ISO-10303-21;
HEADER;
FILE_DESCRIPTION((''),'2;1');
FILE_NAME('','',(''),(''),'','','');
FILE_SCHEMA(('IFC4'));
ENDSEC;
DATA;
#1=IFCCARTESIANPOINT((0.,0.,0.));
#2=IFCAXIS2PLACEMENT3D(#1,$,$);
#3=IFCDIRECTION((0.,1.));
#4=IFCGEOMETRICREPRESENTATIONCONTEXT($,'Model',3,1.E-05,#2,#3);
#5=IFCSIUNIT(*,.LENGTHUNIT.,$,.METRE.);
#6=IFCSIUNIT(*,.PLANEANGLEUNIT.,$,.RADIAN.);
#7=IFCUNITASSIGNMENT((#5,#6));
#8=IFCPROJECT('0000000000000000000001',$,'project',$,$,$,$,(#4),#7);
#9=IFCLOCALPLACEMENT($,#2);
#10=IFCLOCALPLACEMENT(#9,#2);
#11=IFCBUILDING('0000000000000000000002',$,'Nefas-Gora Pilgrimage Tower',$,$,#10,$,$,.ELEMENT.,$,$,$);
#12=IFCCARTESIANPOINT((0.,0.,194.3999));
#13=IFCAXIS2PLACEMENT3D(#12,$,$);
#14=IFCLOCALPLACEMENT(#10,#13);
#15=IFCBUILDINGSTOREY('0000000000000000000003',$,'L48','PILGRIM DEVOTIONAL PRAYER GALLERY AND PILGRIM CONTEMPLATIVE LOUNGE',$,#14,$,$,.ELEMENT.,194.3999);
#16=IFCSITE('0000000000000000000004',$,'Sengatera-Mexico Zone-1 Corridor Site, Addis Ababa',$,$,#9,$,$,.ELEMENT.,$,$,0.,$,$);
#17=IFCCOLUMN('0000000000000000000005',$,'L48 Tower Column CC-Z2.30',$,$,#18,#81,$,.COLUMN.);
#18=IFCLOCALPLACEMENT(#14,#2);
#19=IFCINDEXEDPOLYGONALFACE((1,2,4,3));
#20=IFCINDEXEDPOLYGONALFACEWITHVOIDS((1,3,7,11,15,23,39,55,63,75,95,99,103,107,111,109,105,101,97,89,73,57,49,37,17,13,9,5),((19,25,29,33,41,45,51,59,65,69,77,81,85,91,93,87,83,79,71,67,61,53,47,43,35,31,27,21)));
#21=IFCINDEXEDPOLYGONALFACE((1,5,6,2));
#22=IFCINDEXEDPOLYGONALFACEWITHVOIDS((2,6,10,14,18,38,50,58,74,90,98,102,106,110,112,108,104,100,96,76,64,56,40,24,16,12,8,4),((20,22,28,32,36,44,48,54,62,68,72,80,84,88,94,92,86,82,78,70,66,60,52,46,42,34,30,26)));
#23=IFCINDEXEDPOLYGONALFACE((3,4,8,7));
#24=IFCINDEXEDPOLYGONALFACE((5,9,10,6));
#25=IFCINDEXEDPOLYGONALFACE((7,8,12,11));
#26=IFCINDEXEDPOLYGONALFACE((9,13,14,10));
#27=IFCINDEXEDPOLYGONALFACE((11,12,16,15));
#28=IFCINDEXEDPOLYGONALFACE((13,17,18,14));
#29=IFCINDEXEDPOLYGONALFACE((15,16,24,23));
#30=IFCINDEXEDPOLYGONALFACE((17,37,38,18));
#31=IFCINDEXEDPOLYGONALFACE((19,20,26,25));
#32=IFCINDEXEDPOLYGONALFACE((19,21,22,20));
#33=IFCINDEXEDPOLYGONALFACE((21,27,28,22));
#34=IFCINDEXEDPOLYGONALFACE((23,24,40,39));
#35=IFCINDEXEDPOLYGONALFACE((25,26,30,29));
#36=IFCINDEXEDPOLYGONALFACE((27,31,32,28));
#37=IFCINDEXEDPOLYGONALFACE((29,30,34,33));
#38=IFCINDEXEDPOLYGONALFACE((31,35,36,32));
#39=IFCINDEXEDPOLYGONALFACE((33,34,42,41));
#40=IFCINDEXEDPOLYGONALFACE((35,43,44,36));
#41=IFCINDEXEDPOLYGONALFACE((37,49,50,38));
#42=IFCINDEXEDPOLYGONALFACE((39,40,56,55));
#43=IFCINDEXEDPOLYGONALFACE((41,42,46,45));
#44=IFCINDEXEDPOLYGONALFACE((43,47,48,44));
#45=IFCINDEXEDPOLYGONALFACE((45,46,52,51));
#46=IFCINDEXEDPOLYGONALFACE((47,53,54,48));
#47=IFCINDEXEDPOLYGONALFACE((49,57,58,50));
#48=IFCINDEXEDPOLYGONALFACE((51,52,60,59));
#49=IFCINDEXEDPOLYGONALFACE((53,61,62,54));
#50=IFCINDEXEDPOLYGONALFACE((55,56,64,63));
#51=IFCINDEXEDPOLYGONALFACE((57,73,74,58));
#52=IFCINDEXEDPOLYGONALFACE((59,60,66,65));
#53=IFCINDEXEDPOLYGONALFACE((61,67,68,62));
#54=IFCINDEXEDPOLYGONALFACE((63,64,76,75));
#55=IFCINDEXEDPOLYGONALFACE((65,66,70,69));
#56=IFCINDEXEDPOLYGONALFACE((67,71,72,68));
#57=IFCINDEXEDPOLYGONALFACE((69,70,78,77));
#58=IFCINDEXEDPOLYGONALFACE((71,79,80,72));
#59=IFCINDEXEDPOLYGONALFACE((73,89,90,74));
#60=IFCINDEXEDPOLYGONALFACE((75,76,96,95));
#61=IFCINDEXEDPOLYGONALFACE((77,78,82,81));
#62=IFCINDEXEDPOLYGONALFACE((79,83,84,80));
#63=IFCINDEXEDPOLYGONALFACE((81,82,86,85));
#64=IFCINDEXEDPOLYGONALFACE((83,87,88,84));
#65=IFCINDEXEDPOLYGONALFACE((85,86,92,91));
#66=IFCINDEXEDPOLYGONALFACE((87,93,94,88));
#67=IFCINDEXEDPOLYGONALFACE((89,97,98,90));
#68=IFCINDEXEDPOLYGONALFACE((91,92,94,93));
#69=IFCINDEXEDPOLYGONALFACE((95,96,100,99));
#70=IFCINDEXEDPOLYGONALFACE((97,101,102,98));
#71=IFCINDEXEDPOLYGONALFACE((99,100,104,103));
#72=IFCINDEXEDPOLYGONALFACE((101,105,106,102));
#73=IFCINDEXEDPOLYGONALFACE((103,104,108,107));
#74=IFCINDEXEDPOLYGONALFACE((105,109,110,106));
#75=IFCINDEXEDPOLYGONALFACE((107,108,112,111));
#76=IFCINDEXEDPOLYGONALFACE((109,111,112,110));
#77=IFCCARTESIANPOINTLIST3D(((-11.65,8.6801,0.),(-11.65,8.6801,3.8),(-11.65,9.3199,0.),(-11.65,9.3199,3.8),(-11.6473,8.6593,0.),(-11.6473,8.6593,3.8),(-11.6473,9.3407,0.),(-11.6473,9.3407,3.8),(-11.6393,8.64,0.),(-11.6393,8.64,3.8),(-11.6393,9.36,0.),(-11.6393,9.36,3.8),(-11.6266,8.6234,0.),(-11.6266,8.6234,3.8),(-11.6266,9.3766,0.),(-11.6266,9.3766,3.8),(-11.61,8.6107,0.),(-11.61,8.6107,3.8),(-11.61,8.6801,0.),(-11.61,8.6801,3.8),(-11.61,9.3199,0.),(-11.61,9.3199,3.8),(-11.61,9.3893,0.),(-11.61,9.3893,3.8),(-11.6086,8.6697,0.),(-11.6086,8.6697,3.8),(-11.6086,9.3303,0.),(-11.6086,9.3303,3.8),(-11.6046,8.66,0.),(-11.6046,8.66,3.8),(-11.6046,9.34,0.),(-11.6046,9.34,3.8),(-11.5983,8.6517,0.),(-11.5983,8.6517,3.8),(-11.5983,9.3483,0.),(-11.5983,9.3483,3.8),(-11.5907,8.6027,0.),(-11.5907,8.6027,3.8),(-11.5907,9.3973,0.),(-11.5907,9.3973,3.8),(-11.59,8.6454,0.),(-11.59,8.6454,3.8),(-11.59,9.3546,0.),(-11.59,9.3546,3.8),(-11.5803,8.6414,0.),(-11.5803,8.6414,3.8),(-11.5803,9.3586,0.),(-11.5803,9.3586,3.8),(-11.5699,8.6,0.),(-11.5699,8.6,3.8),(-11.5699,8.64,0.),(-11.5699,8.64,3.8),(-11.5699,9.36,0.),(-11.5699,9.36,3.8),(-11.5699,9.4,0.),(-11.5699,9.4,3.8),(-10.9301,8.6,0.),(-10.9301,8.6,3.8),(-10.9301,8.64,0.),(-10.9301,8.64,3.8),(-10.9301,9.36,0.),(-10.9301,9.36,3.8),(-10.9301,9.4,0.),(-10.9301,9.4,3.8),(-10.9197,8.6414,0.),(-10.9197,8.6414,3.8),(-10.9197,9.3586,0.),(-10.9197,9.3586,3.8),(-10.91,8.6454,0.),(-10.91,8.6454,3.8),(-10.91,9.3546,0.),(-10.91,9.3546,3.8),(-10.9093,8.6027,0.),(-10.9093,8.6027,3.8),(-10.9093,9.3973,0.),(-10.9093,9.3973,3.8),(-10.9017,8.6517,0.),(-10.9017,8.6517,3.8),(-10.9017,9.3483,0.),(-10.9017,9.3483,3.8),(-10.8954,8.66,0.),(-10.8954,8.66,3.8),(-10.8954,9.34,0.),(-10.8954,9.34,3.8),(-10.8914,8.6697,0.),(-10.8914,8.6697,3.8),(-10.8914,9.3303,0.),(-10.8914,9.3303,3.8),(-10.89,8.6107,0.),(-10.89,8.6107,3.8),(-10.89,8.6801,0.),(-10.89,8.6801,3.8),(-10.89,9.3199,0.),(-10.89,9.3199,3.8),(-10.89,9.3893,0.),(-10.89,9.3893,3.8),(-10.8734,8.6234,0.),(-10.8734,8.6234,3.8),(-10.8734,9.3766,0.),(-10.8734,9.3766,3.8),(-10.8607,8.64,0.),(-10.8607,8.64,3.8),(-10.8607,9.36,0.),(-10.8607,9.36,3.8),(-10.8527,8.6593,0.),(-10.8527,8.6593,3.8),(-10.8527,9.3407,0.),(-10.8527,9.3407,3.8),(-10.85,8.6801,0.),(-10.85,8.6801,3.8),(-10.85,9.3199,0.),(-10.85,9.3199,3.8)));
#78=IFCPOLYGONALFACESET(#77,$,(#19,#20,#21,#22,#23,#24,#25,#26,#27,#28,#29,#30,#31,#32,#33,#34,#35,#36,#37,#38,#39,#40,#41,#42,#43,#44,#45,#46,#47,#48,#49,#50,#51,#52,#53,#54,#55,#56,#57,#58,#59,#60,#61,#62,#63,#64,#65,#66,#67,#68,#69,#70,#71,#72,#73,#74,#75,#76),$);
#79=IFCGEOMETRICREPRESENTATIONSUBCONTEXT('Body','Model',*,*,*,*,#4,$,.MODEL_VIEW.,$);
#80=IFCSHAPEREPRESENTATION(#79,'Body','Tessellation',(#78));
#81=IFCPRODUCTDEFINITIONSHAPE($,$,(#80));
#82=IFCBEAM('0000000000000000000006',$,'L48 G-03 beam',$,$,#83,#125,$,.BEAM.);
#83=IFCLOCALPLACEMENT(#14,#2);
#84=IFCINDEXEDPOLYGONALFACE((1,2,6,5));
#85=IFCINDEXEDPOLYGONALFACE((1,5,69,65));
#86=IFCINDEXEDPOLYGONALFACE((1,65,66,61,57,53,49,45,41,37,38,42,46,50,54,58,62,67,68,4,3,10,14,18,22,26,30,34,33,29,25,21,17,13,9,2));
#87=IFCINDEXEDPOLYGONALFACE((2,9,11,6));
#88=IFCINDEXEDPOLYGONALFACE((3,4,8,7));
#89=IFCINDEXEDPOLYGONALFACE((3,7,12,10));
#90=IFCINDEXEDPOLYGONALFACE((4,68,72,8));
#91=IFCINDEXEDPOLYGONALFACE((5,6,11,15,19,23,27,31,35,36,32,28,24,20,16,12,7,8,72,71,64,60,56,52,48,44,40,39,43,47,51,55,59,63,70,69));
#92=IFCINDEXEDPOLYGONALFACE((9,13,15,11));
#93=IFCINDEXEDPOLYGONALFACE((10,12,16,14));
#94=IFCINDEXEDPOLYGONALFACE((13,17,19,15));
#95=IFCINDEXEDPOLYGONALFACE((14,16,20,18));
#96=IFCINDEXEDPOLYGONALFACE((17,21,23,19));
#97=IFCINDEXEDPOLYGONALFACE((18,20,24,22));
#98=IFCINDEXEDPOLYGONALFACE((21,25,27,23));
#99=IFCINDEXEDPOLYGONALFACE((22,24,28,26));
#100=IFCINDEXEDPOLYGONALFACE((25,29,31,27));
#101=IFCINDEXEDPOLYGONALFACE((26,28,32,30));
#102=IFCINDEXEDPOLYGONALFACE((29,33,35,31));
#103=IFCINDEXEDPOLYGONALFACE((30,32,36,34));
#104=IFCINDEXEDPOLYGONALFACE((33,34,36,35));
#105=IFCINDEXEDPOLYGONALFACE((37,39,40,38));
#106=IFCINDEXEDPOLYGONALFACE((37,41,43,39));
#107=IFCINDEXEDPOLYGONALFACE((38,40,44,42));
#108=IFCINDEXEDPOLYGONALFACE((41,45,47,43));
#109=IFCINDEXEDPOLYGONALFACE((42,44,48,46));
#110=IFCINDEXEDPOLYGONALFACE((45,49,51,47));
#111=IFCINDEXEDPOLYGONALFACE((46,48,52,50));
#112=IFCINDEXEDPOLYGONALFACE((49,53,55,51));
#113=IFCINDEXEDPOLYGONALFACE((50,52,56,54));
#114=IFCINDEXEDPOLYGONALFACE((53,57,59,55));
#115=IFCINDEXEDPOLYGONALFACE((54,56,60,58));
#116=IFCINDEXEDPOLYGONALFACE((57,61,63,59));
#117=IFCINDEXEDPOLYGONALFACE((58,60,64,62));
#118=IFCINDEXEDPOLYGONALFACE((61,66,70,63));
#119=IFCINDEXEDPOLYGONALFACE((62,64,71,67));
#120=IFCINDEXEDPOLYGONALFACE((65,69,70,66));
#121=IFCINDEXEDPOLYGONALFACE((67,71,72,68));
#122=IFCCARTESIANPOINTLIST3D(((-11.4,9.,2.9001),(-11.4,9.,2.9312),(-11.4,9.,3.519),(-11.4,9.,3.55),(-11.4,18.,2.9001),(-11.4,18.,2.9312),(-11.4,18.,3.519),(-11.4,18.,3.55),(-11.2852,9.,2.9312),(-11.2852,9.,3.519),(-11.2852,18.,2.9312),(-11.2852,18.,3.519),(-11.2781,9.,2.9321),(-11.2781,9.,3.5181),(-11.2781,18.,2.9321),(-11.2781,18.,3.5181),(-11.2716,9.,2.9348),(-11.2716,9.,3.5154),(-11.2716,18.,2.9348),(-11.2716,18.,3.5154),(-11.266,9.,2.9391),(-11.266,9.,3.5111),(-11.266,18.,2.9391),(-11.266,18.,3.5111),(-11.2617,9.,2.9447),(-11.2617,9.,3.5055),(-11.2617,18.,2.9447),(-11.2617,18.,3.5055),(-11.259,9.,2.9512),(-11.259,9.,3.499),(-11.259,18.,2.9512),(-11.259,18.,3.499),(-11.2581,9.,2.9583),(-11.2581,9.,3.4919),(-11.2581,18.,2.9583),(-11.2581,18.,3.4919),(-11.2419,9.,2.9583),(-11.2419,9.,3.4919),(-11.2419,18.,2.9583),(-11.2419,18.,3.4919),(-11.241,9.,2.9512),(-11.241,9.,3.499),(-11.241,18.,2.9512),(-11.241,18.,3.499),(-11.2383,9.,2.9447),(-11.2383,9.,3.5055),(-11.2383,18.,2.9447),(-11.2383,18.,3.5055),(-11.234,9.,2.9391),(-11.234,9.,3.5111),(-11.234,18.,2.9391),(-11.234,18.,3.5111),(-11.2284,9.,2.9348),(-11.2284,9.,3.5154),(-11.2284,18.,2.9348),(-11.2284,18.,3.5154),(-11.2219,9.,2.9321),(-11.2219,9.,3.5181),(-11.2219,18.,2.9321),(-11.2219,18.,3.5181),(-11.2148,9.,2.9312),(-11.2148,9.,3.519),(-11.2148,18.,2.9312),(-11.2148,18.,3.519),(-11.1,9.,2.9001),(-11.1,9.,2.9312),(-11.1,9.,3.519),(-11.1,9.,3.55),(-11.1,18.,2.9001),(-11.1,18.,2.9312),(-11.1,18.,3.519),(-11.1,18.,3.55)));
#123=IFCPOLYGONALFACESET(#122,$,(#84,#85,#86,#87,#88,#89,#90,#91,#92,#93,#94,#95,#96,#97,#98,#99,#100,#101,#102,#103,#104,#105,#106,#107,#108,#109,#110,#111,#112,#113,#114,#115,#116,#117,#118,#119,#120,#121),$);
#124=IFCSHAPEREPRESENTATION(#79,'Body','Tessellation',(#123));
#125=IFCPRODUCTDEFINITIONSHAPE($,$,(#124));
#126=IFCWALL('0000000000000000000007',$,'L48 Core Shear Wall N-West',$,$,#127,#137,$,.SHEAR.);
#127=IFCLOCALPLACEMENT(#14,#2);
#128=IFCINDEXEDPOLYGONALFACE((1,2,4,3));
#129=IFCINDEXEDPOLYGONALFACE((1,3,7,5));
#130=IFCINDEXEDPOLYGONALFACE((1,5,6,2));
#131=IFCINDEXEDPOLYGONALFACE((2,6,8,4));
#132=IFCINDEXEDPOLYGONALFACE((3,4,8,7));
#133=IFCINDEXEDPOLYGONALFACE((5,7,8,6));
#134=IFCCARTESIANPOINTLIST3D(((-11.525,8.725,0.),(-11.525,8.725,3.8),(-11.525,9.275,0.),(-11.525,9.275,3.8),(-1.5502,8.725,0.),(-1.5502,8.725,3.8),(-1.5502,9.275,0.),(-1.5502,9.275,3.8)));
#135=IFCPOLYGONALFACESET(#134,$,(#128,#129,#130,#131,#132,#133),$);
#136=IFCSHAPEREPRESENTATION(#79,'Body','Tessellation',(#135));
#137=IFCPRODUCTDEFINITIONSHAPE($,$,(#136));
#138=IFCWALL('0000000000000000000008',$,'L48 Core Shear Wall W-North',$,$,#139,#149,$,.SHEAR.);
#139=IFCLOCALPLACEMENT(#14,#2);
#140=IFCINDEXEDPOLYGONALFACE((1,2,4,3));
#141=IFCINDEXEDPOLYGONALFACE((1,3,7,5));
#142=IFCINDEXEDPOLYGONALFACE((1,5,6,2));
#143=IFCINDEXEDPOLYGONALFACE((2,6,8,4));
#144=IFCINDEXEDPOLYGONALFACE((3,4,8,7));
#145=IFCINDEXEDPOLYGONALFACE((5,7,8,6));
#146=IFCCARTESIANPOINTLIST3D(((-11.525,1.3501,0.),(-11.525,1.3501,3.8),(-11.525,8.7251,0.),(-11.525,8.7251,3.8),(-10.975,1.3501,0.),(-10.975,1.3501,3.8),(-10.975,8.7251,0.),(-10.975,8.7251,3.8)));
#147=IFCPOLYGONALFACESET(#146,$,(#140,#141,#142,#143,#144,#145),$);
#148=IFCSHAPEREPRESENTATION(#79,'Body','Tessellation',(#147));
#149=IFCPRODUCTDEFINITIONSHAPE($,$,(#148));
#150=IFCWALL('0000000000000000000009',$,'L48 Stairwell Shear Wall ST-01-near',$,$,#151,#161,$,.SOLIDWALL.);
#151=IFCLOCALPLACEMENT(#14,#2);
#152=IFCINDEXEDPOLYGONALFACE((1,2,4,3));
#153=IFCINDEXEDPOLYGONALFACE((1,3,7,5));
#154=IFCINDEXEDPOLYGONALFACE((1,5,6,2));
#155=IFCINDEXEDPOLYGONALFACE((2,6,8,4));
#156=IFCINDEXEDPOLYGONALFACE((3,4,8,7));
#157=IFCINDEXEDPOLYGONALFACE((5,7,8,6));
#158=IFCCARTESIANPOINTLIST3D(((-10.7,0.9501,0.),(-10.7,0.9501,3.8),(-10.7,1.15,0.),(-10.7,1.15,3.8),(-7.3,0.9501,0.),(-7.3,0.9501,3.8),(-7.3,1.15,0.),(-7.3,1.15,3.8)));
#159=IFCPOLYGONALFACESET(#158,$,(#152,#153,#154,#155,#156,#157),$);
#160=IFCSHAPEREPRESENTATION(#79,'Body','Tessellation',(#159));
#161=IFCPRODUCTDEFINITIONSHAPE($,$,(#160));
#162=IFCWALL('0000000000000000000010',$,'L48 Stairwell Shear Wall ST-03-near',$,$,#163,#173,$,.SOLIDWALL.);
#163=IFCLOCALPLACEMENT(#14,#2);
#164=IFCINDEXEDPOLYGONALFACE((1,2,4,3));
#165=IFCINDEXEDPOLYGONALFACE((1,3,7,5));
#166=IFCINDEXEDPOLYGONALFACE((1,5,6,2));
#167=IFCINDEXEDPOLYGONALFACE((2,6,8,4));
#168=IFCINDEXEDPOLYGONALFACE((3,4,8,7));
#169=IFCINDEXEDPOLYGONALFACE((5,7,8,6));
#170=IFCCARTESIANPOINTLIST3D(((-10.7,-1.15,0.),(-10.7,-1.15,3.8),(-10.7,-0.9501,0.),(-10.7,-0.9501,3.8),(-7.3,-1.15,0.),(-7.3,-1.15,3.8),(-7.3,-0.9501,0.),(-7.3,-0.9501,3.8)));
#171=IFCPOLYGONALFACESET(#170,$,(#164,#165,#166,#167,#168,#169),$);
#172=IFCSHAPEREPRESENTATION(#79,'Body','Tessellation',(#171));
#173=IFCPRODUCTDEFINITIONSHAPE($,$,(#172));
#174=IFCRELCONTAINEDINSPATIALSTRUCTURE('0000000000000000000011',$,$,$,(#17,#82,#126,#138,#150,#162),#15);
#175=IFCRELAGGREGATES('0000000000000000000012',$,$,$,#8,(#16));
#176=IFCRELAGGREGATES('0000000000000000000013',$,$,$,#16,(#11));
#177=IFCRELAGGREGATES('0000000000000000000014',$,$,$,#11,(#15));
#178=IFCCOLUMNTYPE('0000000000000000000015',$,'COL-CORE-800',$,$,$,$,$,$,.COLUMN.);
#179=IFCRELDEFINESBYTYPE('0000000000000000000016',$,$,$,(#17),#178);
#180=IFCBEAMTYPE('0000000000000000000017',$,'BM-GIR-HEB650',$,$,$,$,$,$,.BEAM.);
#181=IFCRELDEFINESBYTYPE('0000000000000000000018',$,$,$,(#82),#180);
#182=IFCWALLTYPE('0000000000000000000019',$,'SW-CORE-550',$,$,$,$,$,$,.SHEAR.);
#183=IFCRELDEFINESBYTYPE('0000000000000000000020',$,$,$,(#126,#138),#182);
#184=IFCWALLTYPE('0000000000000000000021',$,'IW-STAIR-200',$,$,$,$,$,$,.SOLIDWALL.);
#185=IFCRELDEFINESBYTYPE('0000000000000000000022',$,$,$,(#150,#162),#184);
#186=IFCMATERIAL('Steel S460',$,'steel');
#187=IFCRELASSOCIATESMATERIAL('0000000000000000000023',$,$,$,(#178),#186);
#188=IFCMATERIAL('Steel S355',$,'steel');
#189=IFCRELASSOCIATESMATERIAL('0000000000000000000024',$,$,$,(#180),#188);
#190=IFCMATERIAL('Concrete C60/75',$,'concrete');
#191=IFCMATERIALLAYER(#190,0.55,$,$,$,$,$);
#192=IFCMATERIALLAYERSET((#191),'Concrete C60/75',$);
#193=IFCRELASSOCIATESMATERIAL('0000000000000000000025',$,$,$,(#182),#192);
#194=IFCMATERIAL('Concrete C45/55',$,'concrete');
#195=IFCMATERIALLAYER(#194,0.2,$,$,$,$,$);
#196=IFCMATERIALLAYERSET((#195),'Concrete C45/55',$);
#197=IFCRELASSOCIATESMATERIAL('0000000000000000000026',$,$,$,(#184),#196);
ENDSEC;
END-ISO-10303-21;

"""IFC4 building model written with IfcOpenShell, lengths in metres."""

from ifc_helpers import new_model, si_unit, direction, frame, frame_2d, origin, origin_2d, place, context, subcontext, project, spatial, rectangle, hollow_rectangle, i_section, extrude, source, transform, mapped, material, layer, layer_set, material_profile, profile_set, type_object, element, save


model = new_model("IFC4")

# Units and contexts
model_context = context("Model", 3, precision=1e-05, world=origin(), true_north=direction((0.0, 1.0)))
body_context = subcontext(model_context, "Body", "Model", "MODEL_VIEW")
ifc_project = project(units=[si_unit("LENGTHUNIT", "METRE"), si_unit("PLANEANGLEUNIT", "RADIAN")], contexts=[model_context])

# Site, building, storey
site_placement = place(None, origin())
site = spatial("IfcSite", under=ifc_project, at=site_placement, Name="Sengatera-Mexico Zone-1 Corridor Site, Addis Ababa", CompositionType="ELEMENT", RefElevation=0.0)
building_placement = place(site_placement, origin())
building = spatial("IfcBuilding", under=site, at=building_placement, Name="Nefas-Gora Pilgrimage Tower", CompositionType="ELEMENT")
storey_placement = place(building_placement, frame((0.0, 0.0, 194.3999)))
storey = spatial("IfcBuildingStorey", under=building, at=storey_placement, Name="L48", Description="PILGRIM DEVOTIONAL PRAYER GALLERY AND PILGRIM CONTEMPLATIVE LOUNGE", CompositionType="ELEMENT", Elevation=194.3999)

# Column
ifc_material_1 = material(Name="Steel S460", Category="steel")
ifc_material_profile_1 = material_profile(ifc_material_1, hollow_rectangle(XDim=0.8, YDim=0.8, WallThickness=0.04, InnerFilletRadius=0.04, OuterFilletRadius=0.0801, at=origin_2d()), Name="BOX 800x800x40")
ifc_profile_set_1 = profile_set([ifc_material_profile_1], Name="Steel S460")
column_type = type_object("IfcColumnType", Name="COL-CORE-800", PredefinedType="COLUMN", material=ifc_profile_set_1)
shared_shape_1 = source(origin(), body_context, "Body", "SweptSolid", [
    extrude(hollow_rectangle(XDim=0.8, YDim=0.8, WallThickness=0.04, InnerFilletRadius=0.04, OuterFilletRadius=0.0801, at=origin_2d()), origin(), (0.0, 0.0, 1.0), 3.8),
])
column_placement = place(storey_placement, frame((-11.25, 9.0, 0.0), z_axis=(0.0, 0.0, 1.0), x_axis=(1.0, 0.0, 0.0)))
element("IfcColumn", 1, at=column_placement, inside=storey, type_object=column_type, Name="L48 Tower Column CC-Z2.30", PredefinedType="COLUMN", context=body_context, shape_type="MappedRepresentation", body=[
    mapped(shared_shape_1, transform((0.0, 0.0, 0.0), x_axis=(1.0, 0.0, 0.0), y_axis=(0.0, 1.0, 0.0), z_axis=(0.0, 0.0, 1.0), scale=1.0)),
])

# Beam
ifc_material_2 = material(Name="Steel S355", Category="steel")
ifc_material_profile_2 = material_profile(ifc_material_2, i_section(OverallWidth=0.3, OverallDepth=0.6499, WebThickness=0.0161, FlangeThickness=0.031, FilletRadius=0.0271, at=origin_2d()), Name="HEB 650")
ifc_profile_set_2 = profile_set([ifc_material_profile_2], Name="Steel S355")
beam_type = type_object("IfcBeamType", Name="BM-GIR-HEB650", PredefinedType="BEAM", material=ifc_profile_set_2)
shared_shape_2 = source(origin(), body_context, "Body", "SweptSolid", [
    extrude(i_section(OverallWidth=0.3, OverallDepth=0.6499, WebThickness=0.0161, FlangeThickness=0.031, FilletRadius=0.0271, at=origin_2d()), origin(), (0.0, 0.0, 1.0), 9.0),
])
beam_placement = place(storey_placement, frame((-11.25, 9.0, 3.2251), z_axis=(0.0, 1.0, 0.0), x_axis=(-1.0, 0.0, 0.0)))
element("IfcBeam", 2, at=beam_placement, inside=storey, type_object=beam_type, Name="L48 G-03 beam", PredefinedType="BEAM", context=body_context, shape_type="MappedRepresentation", body=[
    mapped(shared_shape_2, transform((0.0, 0.0, 0.0), x_axis=(1.0, 0.0, 0.0), y_axis=(0.0, 1.0, 0.0), z_axis=(0.0, 0.0, 1.0), scale=1.0)),
])

# Walls
ifc_material_3 = material(Name="Concrete C60/75", Category="concrete")
ifc_layer_1 = layer(ifc_material_3, 0.55)
ifc_layer_set_1 = layer_set([ifc_layer_1], Name="Concrete C60/75")
wall_type_1 = type_object("IfcWallType", Name="SW-CORE-550", PredefinedType="SHEAR", material=ifc_layer_set_1)
shared_shape_3 = source(origin(), body_context, "Body", "SweptSolid", [
    extrude(rectangle(XDim=9.9749, YDim=0.55, at=frame_2d((4.9873, 0.0))), origin(), (0.0, 0.0, 1.0), 3.8),
])
wall_1_placement = place(storey_placement, frame((-11.5249, 9.0, 0.0), z_axis=(0.0, 0.0, 1.0), x_axis=(1.0, 0.0, 0.0)))
element("IfcWall", 3, at=wall_1_placement, inside=storey, type_object=wall_type_1, Name="L48 Core Shear Wall N-West", PredefinedType="SHEAR", context=body_context, shape_type="MappedRepresentation", body=[
    mapped(shared_shape_3, transform((0.0, 0.0, 0.0), x_axis=(1.0, 0.0, 0.0), y_axis=(0.0, 1.0, 0.0), z_axis=(0.0, 0.0, 1.0), scale=1.0)),
])
shared_shape_4 = source(origin(), body_context, "Body", "SweptSolid", [
    extrude(rectangle(XDim=7.375, YDim=0.55, at=frame_2d((3.6875, 0.0))), origin(), (0.0, 0.0, 1.0), 3.8),
])
wall_2_placement = place(storey_placement, frame((-11.25, 1.3501, 0.0), z_axis=(0.0, 0.0, 1.0), x_axis=(0.0, 1.0, 0.0)))
element("IfcWall", 4, at=wall_2_placement, inside=storey, type_object=wall_type_1, Name="L48 Core Shear Wall W-North", PredefinedType="SHEAR", context=body_context, shape_type="MappedRepresentation", body=[
    mapped(shared_shape_4, transform((0.0, 0.0, 0.0), x_axis=(1.0, 0.0, 0.0), y_axis=(0.0, 1.0, 0.0), z_axis=(0.0, 0.0, 1.0), scale=1.0)),
])
ifc_material_4 = material(Name="Concrete C45/55", Category="concrete")
ifc_layer_2 = layer(ifc_material_4, 0.2)
ifc_layer_set_2 = layer_set([ifc_layer_2], Name="Concrete C45/55")
wall_type_2 = type_object("IfcWallType", Name="IW-STAIR-200", PredefinedType="SOLIDWALL", material=ifc_layer_set_2)
shared_shape_5 = source(origin(), body_context, "Body", "SweptSolid", [
    extrude(rectangle(XDim=3.3999, YDim=0.2, at=frame_2d((1.7, 0.0))), origin(), (0.0, 0.0, 1.0), 3.8),
])
for number, where, z_axis, x_axis, name in (
    (5, (-7.3, 1.05, 0.0), (0.0, 0.0, 1.0), (-1.0, 0.0, 0.0), "L48 Stairwell Shear Wall ST-01-near"),
    (6, (-10.7, -1.05, 0.0), (0.0, 0.0, 1.0), (1.0, 0.0, 0.0), "L48 Stairwell Shear Wall ST-03-near"),
):
    element("IfcWall", number, at=place(storey_placement, frame(where, z_axis=z_axis, x_axis=x_axis)), inside=storey, type_object=wall_type_2, Name=name, PredefinedType="SOLIDWALL", context=body_context, shape_type="MappedRepresentation", body=[
        mapped(shared_shape_5, transform((0.0, 0.0, 0.0), x_axis=(1.0, 0.0, 0.0), y_axis=(0.0, 1.0, 0.0), z_axis=(0.0, 0.0, 1.0), scale=1.0)),
    ])

save(model, "model.ifc")
